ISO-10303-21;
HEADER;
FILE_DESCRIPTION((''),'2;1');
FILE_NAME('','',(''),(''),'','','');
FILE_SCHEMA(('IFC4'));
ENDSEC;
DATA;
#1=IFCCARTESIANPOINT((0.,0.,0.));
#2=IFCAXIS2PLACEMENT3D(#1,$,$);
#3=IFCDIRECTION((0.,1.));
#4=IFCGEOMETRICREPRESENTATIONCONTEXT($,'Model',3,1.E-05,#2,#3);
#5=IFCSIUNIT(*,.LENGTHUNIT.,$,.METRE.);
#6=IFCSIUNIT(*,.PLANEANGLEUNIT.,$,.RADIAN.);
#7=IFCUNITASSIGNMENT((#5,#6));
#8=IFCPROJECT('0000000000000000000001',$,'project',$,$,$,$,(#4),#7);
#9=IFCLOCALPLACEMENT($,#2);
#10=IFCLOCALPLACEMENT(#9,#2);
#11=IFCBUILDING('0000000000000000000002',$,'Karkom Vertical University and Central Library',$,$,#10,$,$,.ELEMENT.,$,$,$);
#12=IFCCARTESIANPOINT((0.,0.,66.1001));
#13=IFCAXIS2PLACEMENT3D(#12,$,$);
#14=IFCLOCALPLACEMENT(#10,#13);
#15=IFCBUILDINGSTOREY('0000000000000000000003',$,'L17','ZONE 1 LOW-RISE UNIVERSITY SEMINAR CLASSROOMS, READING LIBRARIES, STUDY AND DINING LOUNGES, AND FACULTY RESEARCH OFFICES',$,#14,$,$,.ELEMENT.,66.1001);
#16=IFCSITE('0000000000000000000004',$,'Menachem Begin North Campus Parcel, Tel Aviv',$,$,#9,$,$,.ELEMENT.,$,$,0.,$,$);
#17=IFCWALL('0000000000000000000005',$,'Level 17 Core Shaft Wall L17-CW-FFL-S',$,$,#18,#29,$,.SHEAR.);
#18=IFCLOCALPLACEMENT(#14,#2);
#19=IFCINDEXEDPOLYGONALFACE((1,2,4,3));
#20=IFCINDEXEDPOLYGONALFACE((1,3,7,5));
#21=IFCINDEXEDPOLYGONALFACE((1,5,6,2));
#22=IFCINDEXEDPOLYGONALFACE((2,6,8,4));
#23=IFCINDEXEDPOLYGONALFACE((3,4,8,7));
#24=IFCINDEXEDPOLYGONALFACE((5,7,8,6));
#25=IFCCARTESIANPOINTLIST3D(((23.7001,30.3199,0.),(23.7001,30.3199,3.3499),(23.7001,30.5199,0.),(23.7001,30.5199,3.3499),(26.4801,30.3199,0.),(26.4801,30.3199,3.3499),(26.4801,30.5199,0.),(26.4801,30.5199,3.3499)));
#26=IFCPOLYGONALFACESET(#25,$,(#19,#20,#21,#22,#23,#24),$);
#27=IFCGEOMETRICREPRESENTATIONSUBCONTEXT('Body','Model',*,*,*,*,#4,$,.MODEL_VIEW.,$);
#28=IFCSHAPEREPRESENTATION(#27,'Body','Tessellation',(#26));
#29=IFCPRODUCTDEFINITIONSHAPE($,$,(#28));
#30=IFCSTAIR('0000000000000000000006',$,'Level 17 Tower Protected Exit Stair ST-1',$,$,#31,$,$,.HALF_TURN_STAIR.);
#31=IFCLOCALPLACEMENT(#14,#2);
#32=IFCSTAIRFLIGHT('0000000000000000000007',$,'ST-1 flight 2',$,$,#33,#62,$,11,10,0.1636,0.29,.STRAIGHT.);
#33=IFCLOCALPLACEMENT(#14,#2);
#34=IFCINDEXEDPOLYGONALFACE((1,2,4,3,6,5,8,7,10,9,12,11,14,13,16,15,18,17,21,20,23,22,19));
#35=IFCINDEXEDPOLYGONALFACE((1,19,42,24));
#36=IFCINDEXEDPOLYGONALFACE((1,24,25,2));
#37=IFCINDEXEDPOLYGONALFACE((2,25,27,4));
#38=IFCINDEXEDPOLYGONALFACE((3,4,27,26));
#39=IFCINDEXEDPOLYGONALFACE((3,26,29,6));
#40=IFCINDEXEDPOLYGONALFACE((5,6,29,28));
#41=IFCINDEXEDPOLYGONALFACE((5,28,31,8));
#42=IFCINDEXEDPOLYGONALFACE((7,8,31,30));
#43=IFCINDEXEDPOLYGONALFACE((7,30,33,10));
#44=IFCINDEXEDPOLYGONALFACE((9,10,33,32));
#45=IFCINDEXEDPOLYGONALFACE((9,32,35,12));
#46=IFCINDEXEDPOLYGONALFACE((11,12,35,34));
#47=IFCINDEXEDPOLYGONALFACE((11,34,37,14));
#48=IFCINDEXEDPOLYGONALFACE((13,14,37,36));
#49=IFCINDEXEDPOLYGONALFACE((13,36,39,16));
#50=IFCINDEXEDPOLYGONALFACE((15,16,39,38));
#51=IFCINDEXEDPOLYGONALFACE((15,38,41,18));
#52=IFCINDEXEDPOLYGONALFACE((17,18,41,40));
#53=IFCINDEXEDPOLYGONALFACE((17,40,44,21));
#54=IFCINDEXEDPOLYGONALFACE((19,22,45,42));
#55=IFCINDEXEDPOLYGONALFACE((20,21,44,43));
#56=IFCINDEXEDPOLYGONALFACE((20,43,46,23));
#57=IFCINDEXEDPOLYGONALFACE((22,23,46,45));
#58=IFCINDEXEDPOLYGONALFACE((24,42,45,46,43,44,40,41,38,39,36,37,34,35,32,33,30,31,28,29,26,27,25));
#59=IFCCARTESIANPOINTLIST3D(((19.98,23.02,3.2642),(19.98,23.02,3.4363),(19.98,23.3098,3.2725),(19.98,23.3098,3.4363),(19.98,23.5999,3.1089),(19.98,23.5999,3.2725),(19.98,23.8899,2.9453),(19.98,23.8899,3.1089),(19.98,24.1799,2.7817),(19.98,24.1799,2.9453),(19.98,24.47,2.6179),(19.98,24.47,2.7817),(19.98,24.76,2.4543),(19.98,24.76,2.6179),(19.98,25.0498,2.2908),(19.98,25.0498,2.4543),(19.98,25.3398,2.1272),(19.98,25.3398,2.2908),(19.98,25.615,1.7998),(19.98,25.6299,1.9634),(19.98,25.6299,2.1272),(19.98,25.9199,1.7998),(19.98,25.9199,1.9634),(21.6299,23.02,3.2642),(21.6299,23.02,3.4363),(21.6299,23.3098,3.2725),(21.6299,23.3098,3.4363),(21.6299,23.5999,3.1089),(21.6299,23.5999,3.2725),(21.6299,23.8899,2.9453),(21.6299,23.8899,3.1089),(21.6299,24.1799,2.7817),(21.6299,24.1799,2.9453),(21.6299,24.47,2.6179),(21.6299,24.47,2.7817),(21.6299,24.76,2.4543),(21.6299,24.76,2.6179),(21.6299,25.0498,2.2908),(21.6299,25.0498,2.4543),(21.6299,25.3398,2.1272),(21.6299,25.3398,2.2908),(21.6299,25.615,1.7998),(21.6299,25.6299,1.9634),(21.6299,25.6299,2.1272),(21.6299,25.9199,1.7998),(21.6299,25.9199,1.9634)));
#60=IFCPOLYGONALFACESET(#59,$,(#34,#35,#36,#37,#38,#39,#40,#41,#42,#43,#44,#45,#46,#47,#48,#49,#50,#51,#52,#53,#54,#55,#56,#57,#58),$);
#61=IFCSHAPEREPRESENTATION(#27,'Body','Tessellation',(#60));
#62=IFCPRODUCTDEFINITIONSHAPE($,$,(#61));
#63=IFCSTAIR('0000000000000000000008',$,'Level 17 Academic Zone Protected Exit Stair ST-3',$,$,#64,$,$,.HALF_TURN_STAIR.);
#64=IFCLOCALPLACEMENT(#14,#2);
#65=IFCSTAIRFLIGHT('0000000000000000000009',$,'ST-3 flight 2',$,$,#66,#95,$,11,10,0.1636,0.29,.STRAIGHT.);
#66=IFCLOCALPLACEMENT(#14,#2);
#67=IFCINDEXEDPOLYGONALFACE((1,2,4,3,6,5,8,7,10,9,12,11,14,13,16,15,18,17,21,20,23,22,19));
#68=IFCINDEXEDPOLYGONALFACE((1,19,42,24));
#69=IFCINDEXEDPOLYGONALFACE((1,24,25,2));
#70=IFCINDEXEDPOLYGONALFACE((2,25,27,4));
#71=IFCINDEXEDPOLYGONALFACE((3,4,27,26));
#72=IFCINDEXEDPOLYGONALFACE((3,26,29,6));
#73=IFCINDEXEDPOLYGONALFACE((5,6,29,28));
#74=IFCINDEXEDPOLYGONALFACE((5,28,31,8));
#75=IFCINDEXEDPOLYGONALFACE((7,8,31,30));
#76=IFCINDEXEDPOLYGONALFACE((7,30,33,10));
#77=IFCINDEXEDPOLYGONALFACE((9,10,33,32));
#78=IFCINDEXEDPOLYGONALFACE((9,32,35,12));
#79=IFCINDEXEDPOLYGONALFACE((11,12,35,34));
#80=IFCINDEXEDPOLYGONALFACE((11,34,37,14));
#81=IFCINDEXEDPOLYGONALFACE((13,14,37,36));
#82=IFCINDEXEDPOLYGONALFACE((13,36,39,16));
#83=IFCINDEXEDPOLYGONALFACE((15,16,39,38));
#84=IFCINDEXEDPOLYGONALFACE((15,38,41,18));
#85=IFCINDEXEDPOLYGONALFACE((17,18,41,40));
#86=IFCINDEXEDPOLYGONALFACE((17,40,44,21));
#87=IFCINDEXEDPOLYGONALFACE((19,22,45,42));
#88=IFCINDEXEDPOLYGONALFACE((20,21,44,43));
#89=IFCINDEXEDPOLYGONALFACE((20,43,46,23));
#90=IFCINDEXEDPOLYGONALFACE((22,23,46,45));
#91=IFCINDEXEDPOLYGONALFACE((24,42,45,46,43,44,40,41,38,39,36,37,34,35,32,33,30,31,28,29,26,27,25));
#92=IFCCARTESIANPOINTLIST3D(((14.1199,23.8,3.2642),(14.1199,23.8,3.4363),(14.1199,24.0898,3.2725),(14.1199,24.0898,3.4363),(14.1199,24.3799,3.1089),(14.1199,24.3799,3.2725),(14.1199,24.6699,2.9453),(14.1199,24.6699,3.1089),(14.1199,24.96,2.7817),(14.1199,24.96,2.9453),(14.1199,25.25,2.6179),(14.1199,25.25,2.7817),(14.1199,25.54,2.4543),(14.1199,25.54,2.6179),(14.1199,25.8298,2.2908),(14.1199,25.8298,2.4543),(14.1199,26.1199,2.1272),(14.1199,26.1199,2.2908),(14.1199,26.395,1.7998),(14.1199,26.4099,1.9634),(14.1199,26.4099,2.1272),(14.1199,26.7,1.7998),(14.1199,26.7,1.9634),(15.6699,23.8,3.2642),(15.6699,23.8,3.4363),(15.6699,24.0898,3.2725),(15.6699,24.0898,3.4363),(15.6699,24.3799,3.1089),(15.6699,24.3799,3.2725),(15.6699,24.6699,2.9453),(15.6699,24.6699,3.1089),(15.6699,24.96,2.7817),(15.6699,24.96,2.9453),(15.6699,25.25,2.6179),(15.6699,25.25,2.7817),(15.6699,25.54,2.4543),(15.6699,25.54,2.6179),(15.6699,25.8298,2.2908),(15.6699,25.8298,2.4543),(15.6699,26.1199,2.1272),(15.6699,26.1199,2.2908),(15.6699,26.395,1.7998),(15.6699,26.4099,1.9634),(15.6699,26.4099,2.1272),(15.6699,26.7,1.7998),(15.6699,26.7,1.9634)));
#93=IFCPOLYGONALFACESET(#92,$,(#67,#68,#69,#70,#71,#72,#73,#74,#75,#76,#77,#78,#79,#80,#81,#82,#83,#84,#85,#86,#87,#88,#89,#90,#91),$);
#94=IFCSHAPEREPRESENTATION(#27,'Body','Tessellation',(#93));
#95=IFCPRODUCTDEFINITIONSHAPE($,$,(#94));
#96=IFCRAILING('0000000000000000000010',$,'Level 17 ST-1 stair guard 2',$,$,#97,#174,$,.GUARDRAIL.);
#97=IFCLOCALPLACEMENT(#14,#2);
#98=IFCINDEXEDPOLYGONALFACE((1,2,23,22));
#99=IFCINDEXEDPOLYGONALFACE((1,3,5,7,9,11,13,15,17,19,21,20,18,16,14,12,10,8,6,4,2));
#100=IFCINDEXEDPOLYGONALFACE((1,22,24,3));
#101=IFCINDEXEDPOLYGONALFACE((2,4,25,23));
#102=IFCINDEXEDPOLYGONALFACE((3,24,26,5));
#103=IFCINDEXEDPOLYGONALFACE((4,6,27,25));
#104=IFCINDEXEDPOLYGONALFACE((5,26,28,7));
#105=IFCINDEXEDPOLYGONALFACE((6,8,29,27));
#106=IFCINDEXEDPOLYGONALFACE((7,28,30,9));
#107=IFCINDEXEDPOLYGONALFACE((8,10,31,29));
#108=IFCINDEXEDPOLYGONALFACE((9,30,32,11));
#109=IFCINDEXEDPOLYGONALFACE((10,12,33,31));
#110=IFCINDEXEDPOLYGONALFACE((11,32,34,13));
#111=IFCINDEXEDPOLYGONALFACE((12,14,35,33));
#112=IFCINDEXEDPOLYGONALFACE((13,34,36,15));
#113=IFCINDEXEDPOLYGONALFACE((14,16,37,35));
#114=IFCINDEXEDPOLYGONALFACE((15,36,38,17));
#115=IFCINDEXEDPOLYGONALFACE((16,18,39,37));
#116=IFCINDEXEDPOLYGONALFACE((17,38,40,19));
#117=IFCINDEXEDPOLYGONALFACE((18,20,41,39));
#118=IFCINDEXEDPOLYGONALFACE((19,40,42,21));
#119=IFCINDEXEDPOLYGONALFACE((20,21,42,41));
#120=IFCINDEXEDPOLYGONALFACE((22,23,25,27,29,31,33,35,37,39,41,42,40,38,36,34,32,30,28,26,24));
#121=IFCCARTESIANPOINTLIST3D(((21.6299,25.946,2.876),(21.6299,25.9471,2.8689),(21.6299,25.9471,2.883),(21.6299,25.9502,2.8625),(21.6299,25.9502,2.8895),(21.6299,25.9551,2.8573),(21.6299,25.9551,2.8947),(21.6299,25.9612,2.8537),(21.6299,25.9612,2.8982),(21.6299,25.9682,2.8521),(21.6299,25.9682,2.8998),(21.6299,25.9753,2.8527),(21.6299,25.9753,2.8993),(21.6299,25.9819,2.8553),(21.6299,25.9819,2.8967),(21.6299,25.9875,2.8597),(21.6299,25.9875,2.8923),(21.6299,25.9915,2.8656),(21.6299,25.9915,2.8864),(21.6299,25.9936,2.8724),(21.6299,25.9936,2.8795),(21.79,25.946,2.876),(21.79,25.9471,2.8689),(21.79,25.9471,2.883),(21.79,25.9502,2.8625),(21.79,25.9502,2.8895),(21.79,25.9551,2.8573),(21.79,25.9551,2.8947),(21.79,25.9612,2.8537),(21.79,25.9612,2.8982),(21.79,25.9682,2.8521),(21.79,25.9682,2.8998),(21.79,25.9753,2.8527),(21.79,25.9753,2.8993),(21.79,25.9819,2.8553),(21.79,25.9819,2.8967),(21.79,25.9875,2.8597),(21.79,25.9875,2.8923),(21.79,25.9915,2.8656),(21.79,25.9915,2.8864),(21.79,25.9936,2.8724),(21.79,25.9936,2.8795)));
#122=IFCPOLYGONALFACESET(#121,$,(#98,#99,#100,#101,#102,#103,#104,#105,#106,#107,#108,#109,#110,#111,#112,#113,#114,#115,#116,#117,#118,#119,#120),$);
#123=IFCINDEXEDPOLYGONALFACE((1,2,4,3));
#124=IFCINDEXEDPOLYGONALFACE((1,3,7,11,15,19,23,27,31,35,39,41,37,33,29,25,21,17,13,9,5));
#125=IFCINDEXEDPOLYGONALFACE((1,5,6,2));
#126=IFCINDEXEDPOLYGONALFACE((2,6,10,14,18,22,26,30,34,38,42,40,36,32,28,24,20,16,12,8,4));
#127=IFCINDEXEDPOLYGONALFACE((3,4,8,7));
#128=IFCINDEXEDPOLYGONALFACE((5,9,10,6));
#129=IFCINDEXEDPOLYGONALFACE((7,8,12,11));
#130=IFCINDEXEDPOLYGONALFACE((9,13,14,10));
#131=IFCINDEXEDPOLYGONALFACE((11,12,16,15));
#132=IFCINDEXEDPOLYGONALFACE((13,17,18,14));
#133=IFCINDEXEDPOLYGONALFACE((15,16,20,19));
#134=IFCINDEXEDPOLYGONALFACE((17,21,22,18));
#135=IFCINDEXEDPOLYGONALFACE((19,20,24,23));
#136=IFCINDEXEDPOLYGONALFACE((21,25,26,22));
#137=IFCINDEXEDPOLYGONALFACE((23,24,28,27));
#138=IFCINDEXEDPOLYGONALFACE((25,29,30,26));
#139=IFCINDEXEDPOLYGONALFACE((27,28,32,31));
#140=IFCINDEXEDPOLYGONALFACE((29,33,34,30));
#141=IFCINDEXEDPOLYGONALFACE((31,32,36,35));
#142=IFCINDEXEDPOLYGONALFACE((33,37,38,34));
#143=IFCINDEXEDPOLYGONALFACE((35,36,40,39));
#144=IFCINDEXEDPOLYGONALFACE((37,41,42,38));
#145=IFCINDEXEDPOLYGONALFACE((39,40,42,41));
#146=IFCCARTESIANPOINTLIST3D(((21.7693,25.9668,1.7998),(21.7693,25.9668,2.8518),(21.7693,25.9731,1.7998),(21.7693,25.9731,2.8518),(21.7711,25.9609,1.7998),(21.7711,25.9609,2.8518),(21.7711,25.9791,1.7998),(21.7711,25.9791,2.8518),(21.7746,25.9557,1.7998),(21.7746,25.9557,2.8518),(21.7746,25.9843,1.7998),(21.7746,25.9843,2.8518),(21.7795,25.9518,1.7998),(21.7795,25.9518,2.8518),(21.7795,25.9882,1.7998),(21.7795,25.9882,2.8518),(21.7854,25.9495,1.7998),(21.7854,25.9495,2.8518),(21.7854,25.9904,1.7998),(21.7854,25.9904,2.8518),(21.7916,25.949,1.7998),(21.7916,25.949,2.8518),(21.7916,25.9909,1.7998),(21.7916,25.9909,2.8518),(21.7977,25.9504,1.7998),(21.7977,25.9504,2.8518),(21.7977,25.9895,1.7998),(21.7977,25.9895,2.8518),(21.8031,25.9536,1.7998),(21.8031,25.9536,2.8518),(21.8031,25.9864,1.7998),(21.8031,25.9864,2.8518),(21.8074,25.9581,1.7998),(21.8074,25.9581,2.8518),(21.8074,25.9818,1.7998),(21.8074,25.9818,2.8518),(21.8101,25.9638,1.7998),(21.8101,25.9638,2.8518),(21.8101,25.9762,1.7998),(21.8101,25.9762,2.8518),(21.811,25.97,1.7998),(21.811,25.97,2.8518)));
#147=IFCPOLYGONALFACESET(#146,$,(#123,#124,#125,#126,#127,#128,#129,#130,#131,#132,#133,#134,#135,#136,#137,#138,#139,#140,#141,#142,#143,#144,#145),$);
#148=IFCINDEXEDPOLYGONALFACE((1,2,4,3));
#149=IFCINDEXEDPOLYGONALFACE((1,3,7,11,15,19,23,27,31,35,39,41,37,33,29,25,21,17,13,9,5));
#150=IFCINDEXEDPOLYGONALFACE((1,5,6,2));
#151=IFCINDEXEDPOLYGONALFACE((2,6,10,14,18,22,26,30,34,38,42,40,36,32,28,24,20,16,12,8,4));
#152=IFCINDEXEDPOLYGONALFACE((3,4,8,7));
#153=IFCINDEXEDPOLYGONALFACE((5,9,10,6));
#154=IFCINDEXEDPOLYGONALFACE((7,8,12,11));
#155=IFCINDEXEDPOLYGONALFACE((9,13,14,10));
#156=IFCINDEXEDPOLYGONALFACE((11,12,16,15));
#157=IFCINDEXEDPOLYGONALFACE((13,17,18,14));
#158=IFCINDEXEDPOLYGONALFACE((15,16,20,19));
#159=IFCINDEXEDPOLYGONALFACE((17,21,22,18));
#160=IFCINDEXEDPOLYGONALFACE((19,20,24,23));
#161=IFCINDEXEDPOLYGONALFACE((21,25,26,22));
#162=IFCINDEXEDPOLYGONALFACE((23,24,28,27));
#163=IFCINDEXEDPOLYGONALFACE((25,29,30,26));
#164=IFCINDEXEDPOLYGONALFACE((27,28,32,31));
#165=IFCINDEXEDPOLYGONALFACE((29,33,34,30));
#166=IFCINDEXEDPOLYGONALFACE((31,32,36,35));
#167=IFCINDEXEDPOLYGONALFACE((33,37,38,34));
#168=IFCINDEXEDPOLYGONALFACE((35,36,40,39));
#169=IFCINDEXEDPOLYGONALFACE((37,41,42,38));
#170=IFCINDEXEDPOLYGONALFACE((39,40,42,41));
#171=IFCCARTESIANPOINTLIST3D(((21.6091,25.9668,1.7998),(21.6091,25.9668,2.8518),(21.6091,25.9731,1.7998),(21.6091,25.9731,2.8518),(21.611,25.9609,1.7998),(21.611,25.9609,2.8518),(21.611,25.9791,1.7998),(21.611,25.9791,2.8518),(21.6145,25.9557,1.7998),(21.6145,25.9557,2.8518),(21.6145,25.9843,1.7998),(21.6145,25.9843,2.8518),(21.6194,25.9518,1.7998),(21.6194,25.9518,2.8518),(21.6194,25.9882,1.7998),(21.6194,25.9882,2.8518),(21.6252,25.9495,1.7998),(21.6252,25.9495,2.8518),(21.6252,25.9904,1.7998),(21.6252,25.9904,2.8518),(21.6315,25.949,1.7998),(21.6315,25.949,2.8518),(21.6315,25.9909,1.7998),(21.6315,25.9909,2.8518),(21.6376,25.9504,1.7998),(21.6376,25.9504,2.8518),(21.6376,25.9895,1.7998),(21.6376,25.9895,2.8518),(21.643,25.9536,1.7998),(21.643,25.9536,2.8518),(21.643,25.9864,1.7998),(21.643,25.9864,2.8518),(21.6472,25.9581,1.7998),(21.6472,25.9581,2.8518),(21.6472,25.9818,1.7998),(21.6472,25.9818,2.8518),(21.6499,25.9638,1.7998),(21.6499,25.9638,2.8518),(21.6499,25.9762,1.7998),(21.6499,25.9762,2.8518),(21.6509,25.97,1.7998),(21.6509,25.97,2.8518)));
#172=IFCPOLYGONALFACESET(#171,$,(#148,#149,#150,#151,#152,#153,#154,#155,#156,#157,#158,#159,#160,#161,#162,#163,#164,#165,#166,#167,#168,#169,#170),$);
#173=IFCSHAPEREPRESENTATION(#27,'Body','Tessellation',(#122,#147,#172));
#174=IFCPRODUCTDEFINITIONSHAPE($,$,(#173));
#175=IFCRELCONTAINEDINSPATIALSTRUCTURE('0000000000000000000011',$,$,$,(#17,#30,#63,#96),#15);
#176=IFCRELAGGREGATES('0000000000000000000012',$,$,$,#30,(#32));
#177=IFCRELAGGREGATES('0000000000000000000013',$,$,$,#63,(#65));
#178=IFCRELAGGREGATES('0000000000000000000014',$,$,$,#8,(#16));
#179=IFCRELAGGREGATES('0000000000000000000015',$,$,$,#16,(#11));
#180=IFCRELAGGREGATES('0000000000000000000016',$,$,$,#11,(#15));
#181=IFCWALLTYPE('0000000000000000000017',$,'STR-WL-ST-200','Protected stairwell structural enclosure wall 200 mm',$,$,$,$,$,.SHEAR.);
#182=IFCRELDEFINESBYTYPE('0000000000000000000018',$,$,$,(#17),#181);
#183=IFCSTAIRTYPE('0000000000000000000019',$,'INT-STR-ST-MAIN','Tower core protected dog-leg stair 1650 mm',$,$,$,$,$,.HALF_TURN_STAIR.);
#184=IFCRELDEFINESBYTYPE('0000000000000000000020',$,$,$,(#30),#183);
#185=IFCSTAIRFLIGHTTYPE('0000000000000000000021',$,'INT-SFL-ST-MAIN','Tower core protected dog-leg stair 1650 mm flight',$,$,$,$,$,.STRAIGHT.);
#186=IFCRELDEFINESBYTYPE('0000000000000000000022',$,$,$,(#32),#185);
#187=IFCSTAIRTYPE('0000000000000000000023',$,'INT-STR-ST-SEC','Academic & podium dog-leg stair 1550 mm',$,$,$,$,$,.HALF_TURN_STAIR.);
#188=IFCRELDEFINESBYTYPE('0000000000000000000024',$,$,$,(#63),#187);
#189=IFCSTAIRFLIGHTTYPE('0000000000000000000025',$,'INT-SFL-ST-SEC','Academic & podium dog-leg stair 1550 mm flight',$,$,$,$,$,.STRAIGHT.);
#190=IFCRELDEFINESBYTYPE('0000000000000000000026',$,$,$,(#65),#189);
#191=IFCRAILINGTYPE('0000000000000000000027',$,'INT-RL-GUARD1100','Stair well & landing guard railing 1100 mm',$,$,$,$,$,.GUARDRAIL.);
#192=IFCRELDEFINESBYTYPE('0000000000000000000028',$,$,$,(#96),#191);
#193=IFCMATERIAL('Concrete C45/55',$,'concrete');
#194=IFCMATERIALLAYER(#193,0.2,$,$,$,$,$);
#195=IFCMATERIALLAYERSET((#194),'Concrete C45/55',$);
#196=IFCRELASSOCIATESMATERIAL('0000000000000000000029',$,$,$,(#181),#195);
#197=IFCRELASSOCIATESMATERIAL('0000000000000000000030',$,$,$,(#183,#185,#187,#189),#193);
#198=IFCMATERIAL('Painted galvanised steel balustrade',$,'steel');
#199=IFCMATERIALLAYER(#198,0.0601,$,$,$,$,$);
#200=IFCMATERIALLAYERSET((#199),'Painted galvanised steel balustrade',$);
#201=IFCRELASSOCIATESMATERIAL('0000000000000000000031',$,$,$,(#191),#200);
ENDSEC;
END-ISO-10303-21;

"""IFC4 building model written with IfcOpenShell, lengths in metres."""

from ifc_helpers import new_model, si_unit, direction, frame, frame_2d, origin, origin_2d, place, context, subcontext, project, spatial, polyline, rectangle, circle, outline, extrude, material, layer, layer_set, type_object, element, aggregate, save


model = new_model("IFC4")

# Units and contexts
model_context = context("Model", 3, precision=1e-05, world=origin(), true_north=direction((0.0, 1.0)))
body_context = subcontext(model_context, "Body", "Model", "MODEL_VIEW")
ifc_project = project(units=[si_unit("LENGTHUNIT", "METRE"), si_unit("PLANEANGLEUNIT", "RADIAN")], contexts=[model_context])

# Site, building, storey
site_placement = place(None, origin())
site = spatial("IfcSite", under=ifc_project, at=site_placement, Name="Menachem Begin North Campus Parcel, Tel Aviv", CompositionType="ELEMENT", RefElevation=0.0)
building_placement = place(site_placement, origin())
building = spatial("IfcBuilding", under=site, at=building_placement, Name="Karkom Vertical University and Central Library", CompositionType="ELEMENT")
storey_placement = place(building_placement, frame((0.0, 0.0, 66.1001)))
storey = spatial("IfcBuildingStorey", under=building, at=storey_placement, Name="L17", Description="ZONE 1 LOW-RISE UNIVERSITY SEMINAR CLASSROOMS, READING LIBRARIES, STUDY AND DINING LOUNGES, AND FACULTY RESEARCH OFFICES", CompositionType="ELEMENT", Elevation=66.1001)

# Wall
ifc_material_1 = material(Name="Concrete C45/55", Category="concrete")
ifc_layer_1 = layer(ifc_material_1, 0.2)
ifc_layer_set_1 = layer_set([ifc_layer_1], Name="Concrete C45/55")
wall_type_1 = type_object("IfcWallType", Name="STR-WL-ST-200", Description="Protected stairwell structural enclosure wall 200 mm", PredefinedType="SHEAR", material=ifc_layer_set_1)
wall_1_placement = place(storey_placement, frame((23.7, 30.4199, 0.0), z_axis=(0.0, 0.0, 1.0), x_axis=(1.0, 0.0, 0.0)))
element("IfcWall", 1, at=wall_1_placement, inside=storey, type_object=wall_type_1, Name="Level 17 Core Shaft Wall L17-CW-FFL-S", PredefinedType="SHEAR", context=body_context, shape_type="SweptSolid", body=[
    extrude(rectangle(XDim=2.78, YDim=0.2, at=frame_2d((1.3901, 0.0))), origin(), (0.0, 0.0, 1.0), 3.3499),
])

# Stairs, stair flights
stair_type_1 = type_object("IfcStairType", Name="INT-STR-ST-MAIN", Description="Tower core protected dog-leg stair 1650 mm", PredefinedType="HALF_TURN_STAIR", material=ifc_material_1)
stair_1_placement = place(storey_placement, origin())
stair_1 = element("IfcStair", 2, at=stair_1_placement, inside=storey, type_object=stair_type_1, Name="Level 17 Tower Protected Exit Stair ST-1", PredefinedType="HALF_TURN_STAIR")
stair_flight_type_1 = type_object("IfcStairFlightType", Name="INT-SFL-ST-MAIN", Description="Tower core protected dog-leg stair 1650 mm flight", PredefinedType="STRAIGHT", material=ifc_material_1)
stair_flight_1_placement = place(storey_placement, frame((20.8049, 25.9199, 1.7998), z_axis=(0.0, 0.0, 1.0), x_axis=(0.0, -1.0, 0.0)))
stair_flight_1 = element("IfcStairFlight", 3, at=stair_flight_1_placement, type_object=stair_flight_type_1, Name="ST-1 flight 2", NumberOfRisers=11, NumberOfTreads=10, PredefinedType="STRAIGHT", RiserHeight=0.1636, TreadLength=0.29, context=body_context, shape_type="SweptSolid", body=[
    extrude(outline(polyline([(0.0, 0.0), (0.0, 0.1636), (0.29, 0.1636), (0.29, 0.3274), (0.5801, 0.3274), (0.5801, 0.491), (0.8701, 0.491), (0.8701, 0.6545), (1.1599, 0.6545), (1.1599, 0.8181), (1.45, 0.8181), (1.45, 0.9819), (1.74, 0.9819), (1.74, 1.1455), (2.03, 1.1455), (2.03, 1.3091), (2.3201, 1.3091), (2.3201, 1.4727), (2.6101, 1.4727), (2.6101, 1.6365), (2.8999, 1.6365), (2.8999, 1.8), (2.8999, 1.4644), (0.3049, 0.0), (0.0, 0.0)])), frame((0.0, 0.825, 0.0), z_axis=(0.0, -1.0, 0.0), x_axis=(1.0, 0.0, 0.0)), (0.0, 0.0, 1.0), 1.6499),
])
aggregate(stair_1, [stair_flight_1])
stair_type_2 = type_object("IfcStairType", Name="INT-STR-ST-SEC", Description="Academic & podium dog-leg stair 1550 mm", PredefinedType="HALF_TURN_STAIR", material=ifc_material_1)
stair_2_placement = place(storey_placement, origin())
stair_2 = element("IfcStair", 4, at=stair_2_placement, inside=storey, type_object=stair_type_2, Name="Level 17 Academic Zone Protected Exit Stair ST-3", PredefinedType="HALF_TURN_STAIR")
stair_flight_type_2 = type_object("IfcStairFlightType", Name="INT-SFL-ST-SEC", Description="Academic & podium dog-leg stair 1550 mm flight", PredefinedType="STRAIGHT", material=ifc_material_1)
stair_flight_2_placement = place(storey_placement, frame((14.895, 26.7, 1.7998), z_axis=(0.0, 0.0, 1.0), x_axis=(0.0, -1.0, 0.0)))
stair_flight_2 = element("IfcStairFlight", 5, at=stair_flight_2_placement, type_object=stair_flight_type_2, Name="ST-3 flight 2", NumberOfRisers=11, NumberOfTreads=10, PredefinedType="STRAIGHT", RiserHeight=0.1636, TreadLength=0.29, context=body_context, shape_type="SweptSolid", body=[
    extrude(outline(polyline([(0.0, 0.0), (0.0, 0.1636), (0.29, 0.1636), (0.29, 0.3274), (0.5801, 0.3274), (0.5801, 0.491), (0.8701, 0.491), (0.8701, 0.6545), (1.1599, 0.6545), (1.1599, 0.8181), (1.45, 0.8181), (1.45, 0.9819), (1.74, 0.9819), (1.74, 1.1455), (2.03, 1.1455), (2.03, 1.3091), (2.3201, 1.3091), (2.3201, 1.4727), (2.6101, 1.4727), (2.6101, 1.6365), (2.8999, 1.6365), (2.8999, 1.8), (2.8999, 1.4644), (0.3049, 0.0), (0.0, 0.0)])), frame((0.0, 0.7749, 0.0), z_axis=(0.0, -1.0, 0.0), x_axis=(1.0, 0.0, 0.0)), (0.0, 0.0, 1.0), 1.55),
])
aggregate(stair_2, [stair_flight_2])

# Railing
ifc_material_2 = material(Name="Painted galvanised steel balustrade", Category="steel")
ifc_layer_2 = layer(ifc_material_2, 0.0601)
ifc_layer_set_2 = layer_set([ifc_layer_2], Name="Painted galvanised steel balustrade")
railing_type_1 = type_object("IfcRailingType", Name="INT-RL-GUARD1100", Description="Stair well & landing guard railing 1100 mm", PredefinedType="GUARDRAIL", material=ifc_layer_set_2)
railing_1_placement = place(storey_placement, frame((21.79, 25.97, 1.7998)))
element("IfcRailing", 6, at=railing_1_placement, inside=storey, type_object=railing_type_1, Name="Level 17 ST-1 stair guard 2", PredefinedType="GUARDRAIL", context=body_context, shape_type="SweptSolid", body=[
    extrude(circle(Radius=0.0239, at=origin_2d()), frame((0.0, 0.0, 1.0762), z_axis=(-1.0, 0.0, 0.0), x_axis=(0.0, -1.0, 0.0)), (0.0, 0.0, 1.0), 0.1602),
    extrude(circle(Radius=0.021, at=origin_2d()), origin(), (0.0, 0.0, 1.0), 1.052),
    extrude(circle(Radius=0.021, at=origin_2d()), frame((-0.1602, 0.0, 0.0)), (0.0, 0.0, 1.0), 1.052),
])

save(model, "model.ifc")
